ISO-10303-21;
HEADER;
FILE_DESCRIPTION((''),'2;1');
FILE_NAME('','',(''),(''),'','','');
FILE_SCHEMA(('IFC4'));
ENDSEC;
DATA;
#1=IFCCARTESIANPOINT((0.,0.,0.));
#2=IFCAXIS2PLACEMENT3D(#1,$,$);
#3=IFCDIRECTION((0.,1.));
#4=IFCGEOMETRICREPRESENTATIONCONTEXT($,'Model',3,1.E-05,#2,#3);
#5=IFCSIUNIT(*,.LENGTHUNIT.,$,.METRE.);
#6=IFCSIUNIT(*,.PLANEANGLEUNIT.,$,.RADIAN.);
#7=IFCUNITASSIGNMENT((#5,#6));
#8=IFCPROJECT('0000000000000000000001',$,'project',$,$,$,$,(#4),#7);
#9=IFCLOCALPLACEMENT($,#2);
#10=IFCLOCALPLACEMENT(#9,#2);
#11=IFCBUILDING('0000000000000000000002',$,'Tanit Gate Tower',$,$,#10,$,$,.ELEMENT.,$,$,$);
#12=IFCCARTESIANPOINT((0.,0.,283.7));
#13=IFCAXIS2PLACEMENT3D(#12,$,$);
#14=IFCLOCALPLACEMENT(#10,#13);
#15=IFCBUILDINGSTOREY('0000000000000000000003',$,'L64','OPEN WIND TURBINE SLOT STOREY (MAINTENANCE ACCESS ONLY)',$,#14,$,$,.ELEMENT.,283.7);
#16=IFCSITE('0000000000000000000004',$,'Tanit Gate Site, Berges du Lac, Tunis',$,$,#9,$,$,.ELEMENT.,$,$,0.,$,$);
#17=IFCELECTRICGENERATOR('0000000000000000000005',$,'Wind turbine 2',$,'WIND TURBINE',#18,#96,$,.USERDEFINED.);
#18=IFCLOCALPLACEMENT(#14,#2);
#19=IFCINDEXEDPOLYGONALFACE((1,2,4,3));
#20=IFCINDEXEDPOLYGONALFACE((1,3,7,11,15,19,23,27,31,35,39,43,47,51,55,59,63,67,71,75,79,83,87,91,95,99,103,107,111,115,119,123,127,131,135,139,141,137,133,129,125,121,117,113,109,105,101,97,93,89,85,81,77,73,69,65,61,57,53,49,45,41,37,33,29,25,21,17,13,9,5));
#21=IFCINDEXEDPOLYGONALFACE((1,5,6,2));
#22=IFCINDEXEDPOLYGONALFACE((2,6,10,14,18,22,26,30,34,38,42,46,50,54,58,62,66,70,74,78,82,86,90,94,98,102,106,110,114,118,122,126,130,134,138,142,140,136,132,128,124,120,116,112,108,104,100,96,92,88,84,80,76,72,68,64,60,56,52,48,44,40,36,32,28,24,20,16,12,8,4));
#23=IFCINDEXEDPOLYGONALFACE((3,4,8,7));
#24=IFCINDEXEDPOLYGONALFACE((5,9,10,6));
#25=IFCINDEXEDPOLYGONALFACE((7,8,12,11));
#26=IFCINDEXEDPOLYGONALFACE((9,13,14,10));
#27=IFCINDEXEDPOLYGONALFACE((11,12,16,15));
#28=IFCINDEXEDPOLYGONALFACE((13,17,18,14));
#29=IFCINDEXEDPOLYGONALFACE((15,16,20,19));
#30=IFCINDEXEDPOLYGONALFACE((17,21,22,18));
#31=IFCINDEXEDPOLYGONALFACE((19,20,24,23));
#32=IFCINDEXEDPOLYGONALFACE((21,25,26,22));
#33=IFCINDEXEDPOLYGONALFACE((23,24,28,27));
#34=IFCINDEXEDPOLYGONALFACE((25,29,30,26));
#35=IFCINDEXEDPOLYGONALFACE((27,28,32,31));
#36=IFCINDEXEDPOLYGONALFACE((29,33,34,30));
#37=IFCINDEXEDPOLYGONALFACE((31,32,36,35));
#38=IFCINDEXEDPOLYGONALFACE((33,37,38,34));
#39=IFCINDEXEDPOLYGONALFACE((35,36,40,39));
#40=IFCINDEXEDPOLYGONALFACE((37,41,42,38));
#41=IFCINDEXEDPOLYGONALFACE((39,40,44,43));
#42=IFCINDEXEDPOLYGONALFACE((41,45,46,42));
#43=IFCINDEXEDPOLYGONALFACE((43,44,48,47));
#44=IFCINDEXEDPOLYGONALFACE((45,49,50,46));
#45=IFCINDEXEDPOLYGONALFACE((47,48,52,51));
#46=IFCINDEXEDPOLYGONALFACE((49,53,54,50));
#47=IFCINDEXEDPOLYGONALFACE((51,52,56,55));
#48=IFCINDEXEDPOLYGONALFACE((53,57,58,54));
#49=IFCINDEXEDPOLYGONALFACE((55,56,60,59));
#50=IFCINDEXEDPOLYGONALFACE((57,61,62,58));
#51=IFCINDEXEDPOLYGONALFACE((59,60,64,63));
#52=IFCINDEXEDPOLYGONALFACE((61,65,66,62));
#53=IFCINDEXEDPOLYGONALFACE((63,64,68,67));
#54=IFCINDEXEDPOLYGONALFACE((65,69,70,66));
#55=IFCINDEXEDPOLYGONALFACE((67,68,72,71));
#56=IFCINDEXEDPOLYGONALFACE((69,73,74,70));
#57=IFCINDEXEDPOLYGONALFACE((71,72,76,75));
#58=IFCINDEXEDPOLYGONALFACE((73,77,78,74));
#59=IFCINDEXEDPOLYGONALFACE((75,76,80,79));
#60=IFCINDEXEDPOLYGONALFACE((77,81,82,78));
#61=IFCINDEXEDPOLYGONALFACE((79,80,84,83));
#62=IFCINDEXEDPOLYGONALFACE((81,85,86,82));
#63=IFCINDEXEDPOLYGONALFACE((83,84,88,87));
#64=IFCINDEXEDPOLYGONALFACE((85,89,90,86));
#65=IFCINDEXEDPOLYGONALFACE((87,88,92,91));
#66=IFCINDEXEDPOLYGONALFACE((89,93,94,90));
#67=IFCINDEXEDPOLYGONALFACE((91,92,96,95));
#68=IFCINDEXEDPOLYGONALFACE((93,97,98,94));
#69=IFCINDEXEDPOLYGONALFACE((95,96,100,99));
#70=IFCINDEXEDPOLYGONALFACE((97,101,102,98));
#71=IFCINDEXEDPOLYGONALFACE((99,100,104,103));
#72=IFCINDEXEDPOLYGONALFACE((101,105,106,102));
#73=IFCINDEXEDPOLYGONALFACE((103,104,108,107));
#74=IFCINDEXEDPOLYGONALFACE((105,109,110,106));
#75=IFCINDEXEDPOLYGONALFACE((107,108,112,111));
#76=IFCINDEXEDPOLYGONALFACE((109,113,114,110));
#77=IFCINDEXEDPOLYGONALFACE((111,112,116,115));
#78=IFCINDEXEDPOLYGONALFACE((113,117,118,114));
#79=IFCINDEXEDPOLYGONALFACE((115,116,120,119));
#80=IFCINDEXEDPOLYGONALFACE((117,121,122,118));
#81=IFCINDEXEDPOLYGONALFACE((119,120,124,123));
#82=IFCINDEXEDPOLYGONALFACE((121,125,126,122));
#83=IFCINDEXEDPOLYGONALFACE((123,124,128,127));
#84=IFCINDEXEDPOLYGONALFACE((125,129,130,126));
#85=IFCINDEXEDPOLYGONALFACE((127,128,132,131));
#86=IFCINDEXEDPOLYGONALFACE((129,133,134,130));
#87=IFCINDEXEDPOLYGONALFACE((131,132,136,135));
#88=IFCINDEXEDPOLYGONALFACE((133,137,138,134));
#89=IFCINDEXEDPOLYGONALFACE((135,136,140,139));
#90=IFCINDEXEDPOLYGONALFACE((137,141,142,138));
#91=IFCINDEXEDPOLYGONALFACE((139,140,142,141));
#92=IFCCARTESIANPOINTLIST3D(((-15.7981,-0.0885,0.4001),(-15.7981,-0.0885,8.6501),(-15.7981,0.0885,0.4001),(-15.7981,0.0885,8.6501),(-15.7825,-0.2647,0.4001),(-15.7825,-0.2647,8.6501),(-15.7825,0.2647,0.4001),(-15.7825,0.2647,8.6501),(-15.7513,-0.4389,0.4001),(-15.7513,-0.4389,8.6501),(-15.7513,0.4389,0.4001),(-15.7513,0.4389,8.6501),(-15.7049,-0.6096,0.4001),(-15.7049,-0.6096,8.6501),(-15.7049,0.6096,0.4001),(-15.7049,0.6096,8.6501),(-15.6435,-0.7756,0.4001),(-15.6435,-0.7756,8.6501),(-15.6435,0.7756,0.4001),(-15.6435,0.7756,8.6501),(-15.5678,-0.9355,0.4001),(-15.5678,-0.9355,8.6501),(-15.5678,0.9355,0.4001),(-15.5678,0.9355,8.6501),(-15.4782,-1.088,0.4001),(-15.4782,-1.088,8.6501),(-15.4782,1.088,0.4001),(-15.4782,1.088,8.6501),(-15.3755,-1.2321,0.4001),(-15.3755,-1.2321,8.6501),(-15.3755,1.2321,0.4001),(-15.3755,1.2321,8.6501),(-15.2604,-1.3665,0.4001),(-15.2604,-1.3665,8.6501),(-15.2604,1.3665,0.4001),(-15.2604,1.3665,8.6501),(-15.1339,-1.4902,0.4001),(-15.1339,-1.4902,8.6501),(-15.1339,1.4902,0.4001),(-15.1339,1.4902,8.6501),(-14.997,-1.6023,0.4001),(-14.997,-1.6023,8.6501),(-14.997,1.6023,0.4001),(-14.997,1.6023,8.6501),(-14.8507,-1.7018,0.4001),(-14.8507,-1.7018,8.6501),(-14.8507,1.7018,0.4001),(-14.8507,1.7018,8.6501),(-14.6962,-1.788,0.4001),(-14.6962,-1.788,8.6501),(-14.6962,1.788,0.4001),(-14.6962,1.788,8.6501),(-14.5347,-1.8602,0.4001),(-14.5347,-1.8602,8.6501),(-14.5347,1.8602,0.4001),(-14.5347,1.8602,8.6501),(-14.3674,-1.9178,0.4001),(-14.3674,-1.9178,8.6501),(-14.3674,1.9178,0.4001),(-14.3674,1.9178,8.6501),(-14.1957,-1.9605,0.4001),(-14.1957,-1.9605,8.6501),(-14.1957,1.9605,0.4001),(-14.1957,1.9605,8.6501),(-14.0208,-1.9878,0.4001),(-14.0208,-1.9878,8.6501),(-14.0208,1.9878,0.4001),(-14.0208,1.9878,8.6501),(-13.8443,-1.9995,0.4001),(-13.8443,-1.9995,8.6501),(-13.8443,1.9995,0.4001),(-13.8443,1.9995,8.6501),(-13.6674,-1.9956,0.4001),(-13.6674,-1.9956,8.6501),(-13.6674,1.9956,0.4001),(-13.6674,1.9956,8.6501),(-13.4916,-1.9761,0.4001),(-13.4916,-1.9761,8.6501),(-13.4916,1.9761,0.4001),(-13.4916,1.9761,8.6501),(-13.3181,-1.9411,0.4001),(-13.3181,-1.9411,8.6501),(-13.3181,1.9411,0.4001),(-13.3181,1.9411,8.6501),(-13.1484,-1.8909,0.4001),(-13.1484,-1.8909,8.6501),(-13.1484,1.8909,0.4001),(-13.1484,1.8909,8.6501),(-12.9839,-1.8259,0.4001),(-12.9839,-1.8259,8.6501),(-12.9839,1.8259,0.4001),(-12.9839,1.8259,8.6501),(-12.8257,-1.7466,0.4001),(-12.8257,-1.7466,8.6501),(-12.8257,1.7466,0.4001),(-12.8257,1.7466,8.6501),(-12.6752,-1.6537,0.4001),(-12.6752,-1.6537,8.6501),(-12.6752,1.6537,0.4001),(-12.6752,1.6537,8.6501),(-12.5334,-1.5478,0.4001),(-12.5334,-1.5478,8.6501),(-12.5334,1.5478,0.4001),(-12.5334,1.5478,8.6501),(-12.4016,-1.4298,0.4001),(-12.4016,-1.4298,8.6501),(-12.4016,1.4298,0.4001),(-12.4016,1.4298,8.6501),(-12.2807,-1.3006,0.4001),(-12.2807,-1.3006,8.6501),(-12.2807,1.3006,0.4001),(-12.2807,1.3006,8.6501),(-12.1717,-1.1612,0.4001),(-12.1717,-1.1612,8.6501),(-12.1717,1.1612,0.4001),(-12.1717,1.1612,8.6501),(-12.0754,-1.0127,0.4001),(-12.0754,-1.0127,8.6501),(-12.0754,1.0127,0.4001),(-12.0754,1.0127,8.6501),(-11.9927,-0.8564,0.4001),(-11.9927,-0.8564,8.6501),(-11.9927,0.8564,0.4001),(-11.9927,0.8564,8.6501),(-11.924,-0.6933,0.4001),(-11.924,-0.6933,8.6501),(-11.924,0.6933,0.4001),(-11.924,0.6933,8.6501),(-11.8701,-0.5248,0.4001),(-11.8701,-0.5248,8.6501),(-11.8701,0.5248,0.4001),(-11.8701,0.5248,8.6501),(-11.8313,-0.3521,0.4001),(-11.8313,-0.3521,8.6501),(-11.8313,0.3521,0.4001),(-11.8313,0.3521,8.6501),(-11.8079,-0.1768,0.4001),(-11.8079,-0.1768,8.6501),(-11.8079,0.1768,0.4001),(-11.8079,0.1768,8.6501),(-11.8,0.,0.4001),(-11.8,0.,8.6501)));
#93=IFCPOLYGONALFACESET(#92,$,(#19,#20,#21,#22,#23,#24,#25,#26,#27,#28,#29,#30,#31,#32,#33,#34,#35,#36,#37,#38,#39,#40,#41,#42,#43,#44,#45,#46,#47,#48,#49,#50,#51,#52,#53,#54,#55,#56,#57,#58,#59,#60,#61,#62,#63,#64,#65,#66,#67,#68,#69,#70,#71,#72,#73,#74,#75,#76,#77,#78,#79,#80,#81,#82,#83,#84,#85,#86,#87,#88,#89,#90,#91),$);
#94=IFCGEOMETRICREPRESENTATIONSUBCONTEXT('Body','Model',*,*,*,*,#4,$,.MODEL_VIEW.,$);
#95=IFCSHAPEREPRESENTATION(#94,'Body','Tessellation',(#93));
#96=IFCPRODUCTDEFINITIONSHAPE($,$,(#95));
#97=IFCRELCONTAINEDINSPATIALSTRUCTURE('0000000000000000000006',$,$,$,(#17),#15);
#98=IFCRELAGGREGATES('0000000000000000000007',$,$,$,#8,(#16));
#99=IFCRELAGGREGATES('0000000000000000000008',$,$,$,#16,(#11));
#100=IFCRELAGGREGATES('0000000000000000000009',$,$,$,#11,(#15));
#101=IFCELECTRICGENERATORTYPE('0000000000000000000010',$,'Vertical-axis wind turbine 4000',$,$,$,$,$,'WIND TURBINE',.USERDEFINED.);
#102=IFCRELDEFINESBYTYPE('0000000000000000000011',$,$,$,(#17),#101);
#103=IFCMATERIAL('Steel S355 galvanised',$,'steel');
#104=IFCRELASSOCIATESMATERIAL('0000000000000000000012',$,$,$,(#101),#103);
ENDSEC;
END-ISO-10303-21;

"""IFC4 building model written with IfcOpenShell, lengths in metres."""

from ifc_helpers import new_model, si_unit, direction, frame, origin, origin_2d, place, context, subcontext, project, spatial, circle, extrude, material, material_profile, profile_set, type_object, element, save


model = new_model("IFC4")

# Units and contexts
model_context = context("Model", 3, precision=1e-05, world=origin(), true_north=direction((0.0, 1.0)))
body_context = subcontext(model_context, "Body", "Model", "MODEL_VIEW")
ifc_project = project(units=[si_unit("LENGTHUNIT", "METRE"), si_unit("PLANEANGLEUNIT", "RADIAN")], contexts=[model_context])

# Site, building, storey
site_placement = place(None, origin())
site = spatial("IfcSite", under=ifc_project, at=site_placement, Name="Tanit Gate Site, Berges du Lac, Tunis", CompositionType="ELEMENT", RefElevation=0.0)
building_placement = place(site_placement, origin())
building = spatial("IfcBuilding", under=site, at=building_placement, Name="Tanit Gate Tower", CompositionType="ELEMENT")
storey_placement = place(building_placement, frame((0.0, 0.0, 283.7)))
storey = spatial("IfcBuildingStorey", under=building, at=storey_placement, Name="L64", Description="OPEN WIND TURBINE SLOT STOREY (MAINTENANCE ACCESS ONLY)", CompositionType="ELEMENT", Elevation=283.7)

# Electric generator
ifc_material_1 = material(Name="Steel S355 galvanised", Category="steel")
ifc_material_profile_1 = material_profile(ifc_material_1, circle(Radius=2.0, at=origin_2d()), Name="4000 turbine rotor")
ifc_profile_set_1 = profile_set([ifc_material_profile_1], Name="Steel S355 galvanised")
electric_generator_type = type_object("IfcElectricGeneratorType", Name="Vertical-axis wind turbine 4000", ElementType="WIND TURBINE", PredefinedType="USERDEFINED", material=ifc_profile_set_1)
electric_generator_placement = place(storey_placement, frame((-13.8, 0.0, 0.4001), z_axis=(0.0, 0.0, 1.0), x_axis=(1.0, 0.0, 0.0)))
element("IfcElectricGenerator", 1, at=electric_generator_placement, inside=storey, type_object=electric_generator_type, Name="Wind turbine 2", ObjectType="WIND TURBINE", PredefinedType="USERDEFINED", context=body_context, shape_type="SweptSolid", body=[
    extrude(circle(Radius=2.0, at=origin_2d()), origin(), (0.0, 0.0, 1.0), 8.25),
])

save(model, "model.ifc")
